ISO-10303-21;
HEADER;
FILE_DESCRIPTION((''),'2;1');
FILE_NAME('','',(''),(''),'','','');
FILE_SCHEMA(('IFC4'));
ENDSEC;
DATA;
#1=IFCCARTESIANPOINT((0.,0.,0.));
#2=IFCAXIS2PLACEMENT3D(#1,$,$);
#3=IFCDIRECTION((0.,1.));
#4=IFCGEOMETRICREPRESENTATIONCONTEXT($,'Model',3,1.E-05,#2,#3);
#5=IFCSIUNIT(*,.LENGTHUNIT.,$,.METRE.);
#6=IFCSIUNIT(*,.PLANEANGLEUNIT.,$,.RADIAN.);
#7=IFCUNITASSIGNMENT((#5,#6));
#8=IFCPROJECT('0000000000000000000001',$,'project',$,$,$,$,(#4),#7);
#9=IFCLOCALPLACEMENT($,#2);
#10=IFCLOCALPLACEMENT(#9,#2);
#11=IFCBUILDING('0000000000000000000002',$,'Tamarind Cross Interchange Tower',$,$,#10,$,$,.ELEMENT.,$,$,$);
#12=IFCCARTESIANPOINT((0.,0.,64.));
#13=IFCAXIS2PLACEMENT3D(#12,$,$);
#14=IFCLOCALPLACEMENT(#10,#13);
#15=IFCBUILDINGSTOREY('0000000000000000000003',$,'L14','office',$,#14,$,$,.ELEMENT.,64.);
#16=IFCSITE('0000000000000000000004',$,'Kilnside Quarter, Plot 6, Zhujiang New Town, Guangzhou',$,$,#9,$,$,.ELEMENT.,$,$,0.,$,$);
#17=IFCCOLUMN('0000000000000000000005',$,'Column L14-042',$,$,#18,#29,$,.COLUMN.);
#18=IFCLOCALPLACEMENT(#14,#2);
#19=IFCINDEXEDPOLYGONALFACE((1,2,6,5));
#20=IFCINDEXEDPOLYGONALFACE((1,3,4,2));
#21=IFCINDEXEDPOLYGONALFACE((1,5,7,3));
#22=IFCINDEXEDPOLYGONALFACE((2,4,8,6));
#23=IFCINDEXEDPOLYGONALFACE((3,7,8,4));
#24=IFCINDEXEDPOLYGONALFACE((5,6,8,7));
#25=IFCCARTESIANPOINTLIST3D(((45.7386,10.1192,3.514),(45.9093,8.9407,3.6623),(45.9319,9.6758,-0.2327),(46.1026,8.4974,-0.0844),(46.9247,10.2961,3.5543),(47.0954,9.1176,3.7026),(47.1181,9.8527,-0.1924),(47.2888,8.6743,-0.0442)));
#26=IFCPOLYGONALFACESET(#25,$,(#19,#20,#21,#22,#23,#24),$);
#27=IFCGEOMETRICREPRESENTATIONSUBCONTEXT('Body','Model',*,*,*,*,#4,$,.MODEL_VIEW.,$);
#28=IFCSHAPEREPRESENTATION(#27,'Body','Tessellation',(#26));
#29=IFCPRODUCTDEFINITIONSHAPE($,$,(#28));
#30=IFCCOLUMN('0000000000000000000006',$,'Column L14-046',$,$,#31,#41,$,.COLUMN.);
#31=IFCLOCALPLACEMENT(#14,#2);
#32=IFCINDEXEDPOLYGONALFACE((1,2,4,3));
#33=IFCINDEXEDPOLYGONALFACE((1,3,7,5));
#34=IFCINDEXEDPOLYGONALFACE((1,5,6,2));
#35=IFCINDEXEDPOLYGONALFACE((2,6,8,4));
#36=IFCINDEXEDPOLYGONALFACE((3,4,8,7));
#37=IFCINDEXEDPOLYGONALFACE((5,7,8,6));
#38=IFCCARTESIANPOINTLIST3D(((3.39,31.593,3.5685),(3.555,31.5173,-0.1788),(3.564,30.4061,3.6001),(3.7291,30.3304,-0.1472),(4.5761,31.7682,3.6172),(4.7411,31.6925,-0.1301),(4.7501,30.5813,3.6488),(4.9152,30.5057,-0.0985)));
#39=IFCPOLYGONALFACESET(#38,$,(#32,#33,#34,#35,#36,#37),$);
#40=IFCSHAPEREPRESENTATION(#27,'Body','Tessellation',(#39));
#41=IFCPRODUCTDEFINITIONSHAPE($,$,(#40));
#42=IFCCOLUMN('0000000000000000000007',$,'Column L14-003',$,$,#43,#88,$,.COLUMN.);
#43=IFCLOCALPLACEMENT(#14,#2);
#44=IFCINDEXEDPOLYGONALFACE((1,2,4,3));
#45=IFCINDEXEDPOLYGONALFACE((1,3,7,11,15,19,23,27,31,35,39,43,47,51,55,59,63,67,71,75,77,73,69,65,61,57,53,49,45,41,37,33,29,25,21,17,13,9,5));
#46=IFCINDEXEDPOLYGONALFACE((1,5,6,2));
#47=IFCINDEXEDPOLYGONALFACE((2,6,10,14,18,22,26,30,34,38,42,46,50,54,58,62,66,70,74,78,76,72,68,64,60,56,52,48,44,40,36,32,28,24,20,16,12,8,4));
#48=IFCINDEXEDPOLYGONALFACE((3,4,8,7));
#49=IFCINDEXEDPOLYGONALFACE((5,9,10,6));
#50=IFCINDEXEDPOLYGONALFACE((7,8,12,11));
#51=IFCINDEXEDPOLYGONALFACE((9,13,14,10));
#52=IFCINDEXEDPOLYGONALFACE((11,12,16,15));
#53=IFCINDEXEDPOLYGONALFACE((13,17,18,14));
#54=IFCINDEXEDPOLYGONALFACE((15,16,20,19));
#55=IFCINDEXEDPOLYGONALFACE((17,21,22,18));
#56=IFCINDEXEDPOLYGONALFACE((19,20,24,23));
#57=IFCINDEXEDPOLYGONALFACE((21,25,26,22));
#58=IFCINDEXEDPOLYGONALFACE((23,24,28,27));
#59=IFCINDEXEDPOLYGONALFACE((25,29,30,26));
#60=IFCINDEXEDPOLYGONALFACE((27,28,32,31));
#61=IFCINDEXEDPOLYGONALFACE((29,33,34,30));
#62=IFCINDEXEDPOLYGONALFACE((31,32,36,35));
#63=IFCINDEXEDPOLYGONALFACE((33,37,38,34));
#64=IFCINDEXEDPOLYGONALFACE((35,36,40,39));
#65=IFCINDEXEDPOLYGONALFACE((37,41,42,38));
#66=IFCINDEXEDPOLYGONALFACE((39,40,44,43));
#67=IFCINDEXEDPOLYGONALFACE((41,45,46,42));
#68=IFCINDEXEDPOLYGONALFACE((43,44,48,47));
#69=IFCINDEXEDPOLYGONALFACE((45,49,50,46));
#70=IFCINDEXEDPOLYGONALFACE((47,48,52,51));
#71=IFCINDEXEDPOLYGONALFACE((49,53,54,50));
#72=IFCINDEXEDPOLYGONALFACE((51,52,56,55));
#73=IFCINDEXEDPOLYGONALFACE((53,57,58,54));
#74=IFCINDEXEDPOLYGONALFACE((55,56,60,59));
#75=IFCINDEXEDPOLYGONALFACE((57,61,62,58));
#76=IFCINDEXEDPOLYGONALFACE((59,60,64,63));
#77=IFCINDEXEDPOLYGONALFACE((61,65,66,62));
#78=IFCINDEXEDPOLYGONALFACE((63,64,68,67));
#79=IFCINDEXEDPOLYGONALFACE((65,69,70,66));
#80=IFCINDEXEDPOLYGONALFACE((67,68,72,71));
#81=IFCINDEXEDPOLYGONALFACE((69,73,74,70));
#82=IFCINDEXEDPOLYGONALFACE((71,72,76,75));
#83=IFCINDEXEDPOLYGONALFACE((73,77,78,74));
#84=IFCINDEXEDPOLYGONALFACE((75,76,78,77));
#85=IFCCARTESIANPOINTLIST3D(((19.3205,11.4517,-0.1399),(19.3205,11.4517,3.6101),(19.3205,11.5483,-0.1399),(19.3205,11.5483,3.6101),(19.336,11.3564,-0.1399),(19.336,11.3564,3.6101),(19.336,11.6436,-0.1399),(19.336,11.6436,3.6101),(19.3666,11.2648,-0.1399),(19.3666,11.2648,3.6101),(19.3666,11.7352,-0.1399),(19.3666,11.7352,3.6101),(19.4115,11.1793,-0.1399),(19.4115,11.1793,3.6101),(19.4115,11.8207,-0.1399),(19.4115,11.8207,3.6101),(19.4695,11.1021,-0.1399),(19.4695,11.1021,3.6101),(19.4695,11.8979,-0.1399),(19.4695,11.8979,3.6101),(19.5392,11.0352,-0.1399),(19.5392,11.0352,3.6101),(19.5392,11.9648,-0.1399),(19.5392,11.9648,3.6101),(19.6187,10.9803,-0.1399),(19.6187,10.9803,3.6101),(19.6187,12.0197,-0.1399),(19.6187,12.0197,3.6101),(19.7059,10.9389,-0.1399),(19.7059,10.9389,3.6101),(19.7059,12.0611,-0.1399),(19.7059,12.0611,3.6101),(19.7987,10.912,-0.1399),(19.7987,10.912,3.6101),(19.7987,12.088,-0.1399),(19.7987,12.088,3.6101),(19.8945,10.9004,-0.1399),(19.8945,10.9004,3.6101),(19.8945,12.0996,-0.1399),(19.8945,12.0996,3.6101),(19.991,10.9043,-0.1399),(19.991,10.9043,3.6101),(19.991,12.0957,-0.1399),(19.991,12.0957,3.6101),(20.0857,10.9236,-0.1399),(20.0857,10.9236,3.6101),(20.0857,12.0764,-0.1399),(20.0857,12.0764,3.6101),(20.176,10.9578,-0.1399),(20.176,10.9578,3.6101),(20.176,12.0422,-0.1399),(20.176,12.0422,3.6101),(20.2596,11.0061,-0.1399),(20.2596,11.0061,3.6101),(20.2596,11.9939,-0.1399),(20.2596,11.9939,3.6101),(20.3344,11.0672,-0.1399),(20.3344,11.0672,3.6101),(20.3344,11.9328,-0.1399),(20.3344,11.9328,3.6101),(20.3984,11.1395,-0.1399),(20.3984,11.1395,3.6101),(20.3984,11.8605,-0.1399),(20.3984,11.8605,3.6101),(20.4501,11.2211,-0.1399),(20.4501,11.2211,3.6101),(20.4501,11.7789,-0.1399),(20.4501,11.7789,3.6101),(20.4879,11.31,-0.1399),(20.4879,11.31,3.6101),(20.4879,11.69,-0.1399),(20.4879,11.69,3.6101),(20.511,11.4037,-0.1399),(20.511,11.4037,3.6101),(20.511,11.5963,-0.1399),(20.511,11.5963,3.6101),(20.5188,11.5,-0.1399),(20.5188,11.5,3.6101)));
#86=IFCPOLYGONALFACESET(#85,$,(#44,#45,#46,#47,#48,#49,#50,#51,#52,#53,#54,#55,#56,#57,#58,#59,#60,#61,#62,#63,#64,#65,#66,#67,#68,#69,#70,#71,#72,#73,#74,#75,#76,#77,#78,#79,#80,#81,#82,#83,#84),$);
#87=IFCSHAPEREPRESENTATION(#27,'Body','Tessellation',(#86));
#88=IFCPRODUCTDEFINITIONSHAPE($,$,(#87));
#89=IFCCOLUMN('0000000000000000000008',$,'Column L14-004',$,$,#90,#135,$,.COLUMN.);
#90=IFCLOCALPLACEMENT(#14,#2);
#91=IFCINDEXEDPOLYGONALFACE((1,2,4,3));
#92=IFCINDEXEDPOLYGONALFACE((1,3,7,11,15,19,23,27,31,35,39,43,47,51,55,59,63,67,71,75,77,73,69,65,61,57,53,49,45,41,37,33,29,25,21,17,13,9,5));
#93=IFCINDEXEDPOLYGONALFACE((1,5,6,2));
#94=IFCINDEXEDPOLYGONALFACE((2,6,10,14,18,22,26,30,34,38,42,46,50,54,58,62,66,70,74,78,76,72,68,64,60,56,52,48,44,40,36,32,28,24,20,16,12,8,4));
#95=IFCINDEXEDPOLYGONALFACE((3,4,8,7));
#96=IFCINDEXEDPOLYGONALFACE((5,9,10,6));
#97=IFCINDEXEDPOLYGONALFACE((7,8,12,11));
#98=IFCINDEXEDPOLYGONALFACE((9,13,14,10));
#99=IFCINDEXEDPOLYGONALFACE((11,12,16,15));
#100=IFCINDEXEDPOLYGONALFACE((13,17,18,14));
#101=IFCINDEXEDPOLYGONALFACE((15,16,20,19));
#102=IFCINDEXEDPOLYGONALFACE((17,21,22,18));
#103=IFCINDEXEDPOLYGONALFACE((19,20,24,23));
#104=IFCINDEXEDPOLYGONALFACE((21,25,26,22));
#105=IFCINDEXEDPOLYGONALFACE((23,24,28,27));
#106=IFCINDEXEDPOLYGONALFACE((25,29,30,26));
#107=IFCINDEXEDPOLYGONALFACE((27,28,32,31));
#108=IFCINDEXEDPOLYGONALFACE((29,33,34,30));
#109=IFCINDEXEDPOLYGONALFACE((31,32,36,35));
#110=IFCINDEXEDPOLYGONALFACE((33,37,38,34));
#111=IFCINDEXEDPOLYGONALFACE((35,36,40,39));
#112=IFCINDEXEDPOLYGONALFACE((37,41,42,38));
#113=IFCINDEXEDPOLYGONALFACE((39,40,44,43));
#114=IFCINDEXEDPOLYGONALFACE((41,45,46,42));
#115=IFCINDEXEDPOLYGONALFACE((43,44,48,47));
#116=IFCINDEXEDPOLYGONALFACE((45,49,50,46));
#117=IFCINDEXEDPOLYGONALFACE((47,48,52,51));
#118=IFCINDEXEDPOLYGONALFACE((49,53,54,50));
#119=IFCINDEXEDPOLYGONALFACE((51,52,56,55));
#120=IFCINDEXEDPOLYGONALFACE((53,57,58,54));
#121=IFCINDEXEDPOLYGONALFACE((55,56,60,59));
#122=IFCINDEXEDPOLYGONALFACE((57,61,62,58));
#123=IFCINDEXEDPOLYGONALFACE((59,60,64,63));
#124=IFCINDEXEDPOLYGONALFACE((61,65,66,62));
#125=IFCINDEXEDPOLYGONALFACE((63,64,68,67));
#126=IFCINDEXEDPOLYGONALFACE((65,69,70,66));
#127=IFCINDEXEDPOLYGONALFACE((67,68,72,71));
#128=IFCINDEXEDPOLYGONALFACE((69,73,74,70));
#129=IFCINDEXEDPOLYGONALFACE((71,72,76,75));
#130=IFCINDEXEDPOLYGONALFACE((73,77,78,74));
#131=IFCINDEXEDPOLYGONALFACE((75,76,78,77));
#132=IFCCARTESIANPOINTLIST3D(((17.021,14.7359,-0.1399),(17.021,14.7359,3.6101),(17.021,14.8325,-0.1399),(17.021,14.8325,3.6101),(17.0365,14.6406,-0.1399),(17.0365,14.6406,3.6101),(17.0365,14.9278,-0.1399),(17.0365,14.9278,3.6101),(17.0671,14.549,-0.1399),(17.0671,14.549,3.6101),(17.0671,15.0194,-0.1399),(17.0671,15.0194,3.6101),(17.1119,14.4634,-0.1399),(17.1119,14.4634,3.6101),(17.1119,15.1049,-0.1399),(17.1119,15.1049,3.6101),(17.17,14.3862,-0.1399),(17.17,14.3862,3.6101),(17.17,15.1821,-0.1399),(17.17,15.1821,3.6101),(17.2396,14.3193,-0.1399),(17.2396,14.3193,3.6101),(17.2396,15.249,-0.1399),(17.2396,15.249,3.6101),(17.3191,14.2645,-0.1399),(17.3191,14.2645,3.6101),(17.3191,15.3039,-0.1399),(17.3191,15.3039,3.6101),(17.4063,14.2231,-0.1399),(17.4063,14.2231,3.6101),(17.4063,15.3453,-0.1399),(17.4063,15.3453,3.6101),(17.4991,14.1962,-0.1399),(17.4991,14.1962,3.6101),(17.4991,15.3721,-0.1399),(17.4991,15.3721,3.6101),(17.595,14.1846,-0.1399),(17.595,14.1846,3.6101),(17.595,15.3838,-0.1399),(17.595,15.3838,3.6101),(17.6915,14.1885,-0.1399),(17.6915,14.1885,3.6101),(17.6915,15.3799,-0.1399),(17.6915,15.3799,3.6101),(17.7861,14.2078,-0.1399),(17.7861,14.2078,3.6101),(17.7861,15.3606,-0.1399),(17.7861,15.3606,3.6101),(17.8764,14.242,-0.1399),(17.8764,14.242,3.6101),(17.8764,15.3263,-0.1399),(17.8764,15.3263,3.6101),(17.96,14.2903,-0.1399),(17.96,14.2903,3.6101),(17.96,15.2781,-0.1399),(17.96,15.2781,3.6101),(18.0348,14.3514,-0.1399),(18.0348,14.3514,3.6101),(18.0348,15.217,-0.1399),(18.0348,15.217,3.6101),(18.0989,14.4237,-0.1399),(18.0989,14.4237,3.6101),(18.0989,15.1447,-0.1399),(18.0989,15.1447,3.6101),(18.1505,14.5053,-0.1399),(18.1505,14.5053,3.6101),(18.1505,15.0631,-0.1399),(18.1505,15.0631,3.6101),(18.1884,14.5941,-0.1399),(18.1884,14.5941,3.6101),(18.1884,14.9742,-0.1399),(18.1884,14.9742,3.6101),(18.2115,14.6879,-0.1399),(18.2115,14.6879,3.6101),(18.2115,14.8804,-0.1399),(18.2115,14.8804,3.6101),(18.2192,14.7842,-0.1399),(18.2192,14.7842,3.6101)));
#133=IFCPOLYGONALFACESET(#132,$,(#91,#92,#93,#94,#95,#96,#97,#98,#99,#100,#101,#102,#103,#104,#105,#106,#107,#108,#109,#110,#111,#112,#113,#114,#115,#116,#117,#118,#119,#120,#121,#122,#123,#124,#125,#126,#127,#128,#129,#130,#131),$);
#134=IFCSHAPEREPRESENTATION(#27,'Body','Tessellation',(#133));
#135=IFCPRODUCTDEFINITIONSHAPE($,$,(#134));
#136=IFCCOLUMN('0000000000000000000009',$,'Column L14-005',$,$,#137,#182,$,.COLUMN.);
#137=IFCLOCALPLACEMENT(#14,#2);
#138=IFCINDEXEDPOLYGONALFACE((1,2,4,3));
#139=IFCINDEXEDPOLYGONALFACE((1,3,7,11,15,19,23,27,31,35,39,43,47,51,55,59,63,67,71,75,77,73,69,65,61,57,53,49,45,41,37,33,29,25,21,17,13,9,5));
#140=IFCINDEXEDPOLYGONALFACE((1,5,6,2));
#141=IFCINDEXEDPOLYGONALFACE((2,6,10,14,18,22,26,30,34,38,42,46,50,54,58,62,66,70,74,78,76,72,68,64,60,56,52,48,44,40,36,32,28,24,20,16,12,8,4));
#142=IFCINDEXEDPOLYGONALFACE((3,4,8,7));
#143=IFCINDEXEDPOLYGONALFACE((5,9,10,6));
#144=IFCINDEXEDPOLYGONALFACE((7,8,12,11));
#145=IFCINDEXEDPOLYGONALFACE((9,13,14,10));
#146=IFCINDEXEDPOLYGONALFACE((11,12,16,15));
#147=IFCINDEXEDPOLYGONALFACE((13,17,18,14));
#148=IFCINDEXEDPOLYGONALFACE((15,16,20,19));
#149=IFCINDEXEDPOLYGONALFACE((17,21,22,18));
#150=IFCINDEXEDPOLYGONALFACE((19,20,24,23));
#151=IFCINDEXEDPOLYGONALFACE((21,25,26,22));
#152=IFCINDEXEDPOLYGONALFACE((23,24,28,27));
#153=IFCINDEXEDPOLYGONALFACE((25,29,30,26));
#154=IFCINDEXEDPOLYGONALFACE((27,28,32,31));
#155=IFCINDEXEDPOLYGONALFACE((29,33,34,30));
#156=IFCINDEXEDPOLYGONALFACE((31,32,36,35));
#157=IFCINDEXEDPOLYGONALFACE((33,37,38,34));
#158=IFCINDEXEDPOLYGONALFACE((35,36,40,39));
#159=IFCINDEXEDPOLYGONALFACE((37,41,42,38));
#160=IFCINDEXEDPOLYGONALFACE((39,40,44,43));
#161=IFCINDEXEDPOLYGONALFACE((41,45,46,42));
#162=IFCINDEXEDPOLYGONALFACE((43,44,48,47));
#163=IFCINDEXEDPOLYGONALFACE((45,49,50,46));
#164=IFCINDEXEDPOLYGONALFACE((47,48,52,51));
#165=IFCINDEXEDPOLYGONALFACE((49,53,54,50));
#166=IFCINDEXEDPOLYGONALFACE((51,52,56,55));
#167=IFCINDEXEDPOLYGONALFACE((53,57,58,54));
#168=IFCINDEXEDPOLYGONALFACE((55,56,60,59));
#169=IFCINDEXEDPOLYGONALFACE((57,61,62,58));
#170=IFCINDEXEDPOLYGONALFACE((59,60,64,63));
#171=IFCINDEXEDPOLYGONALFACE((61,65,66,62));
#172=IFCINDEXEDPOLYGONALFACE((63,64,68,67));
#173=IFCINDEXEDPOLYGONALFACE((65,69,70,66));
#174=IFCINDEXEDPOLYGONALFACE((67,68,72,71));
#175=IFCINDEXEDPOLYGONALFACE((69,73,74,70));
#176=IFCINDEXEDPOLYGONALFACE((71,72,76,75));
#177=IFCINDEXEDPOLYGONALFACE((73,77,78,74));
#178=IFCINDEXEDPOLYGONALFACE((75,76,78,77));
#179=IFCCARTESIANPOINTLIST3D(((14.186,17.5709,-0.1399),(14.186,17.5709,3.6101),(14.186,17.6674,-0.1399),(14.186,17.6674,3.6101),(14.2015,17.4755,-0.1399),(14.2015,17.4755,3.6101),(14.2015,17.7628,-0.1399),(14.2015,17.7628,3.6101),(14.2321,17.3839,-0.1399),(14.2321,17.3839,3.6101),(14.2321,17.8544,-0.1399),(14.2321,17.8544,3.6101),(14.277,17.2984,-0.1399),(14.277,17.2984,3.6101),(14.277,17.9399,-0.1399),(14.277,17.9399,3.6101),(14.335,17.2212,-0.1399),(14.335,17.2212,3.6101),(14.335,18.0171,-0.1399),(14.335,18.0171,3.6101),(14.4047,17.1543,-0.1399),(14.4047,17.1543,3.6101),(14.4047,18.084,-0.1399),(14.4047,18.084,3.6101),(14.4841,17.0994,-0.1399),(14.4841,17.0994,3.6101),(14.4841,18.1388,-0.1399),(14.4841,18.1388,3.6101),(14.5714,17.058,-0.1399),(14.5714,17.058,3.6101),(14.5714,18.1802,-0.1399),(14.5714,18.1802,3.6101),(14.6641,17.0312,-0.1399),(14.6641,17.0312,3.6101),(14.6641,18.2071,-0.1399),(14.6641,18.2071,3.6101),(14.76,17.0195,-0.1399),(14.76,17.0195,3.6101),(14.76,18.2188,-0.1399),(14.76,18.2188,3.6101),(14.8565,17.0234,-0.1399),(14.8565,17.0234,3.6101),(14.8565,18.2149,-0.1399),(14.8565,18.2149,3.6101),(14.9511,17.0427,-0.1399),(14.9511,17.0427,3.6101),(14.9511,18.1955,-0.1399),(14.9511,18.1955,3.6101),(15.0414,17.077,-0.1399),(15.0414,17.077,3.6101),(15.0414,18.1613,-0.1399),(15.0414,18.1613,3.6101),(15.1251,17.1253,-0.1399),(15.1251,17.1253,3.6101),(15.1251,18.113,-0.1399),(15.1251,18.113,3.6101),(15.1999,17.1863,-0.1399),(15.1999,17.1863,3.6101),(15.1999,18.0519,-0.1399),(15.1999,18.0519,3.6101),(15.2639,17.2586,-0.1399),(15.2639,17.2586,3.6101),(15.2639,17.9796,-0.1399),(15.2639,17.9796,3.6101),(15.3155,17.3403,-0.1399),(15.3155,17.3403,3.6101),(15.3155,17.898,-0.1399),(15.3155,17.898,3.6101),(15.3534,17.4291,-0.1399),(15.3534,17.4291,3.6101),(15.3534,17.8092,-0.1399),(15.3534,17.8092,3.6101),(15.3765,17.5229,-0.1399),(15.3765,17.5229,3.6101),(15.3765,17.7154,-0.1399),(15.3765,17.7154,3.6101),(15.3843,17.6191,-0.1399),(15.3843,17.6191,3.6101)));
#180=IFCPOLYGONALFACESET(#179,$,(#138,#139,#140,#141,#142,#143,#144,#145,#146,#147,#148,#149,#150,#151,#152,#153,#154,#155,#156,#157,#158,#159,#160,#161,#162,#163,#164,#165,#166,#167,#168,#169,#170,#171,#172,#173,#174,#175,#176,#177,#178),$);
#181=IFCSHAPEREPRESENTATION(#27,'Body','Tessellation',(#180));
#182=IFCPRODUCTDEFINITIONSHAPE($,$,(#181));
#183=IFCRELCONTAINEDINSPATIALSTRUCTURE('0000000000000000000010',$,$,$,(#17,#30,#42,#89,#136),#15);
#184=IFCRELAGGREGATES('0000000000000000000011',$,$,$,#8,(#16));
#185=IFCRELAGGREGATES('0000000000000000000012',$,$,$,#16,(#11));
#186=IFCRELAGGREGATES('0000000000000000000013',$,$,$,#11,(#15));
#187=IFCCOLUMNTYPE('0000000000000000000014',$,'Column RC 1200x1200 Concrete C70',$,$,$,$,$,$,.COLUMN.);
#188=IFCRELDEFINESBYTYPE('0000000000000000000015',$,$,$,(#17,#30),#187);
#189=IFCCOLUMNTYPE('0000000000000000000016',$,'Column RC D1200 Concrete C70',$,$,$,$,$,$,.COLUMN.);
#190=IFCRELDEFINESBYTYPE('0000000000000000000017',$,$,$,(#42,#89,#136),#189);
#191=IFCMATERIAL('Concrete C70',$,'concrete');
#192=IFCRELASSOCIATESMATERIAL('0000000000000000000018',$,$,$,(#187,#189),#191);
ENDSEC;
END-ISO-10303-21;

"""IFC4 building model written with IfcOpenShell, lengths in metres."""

from ifc_helpers import new_model, si_unit, direction, frame, origin, origin_2d, place, context, subcontext, project, spatial, rectangle, circle, extrude, material, material_profile, profile_set, type_object, element, save


model = new_model("IFC4")

# Units and contexts
model_context = context("Model", 3, precision=1e-05, world=origin(), true_north=direction((0.0, 1.0)))
body_context = subcontext(model_context, "Body", "Model", "MODEL_VIEW")
ifc_project = project(units=[si_unit("LENGTHUNIT", "METRE"), si_unit("PLANEANGLEUNIT", "RADIAN")], contexts=[model_context])

# Site, building, storey
site_placement = place(None, origin())
site = spatial("IfcSite", under=ifc_project, at=site_placement, Name="Kilnside Quarter, Plot 6, Zhujiang New Town, Guangzhou", CompositionType="ELEMENT", RefElevation=0.0)
building_placement = place(site_placement, origin())
building = spatial("IfcBuilding", under=site, at=building_placement, Name="Tamarind Cross Interchange Tower", CompositionType="ELEMENT")
storey_placement = place(building_placement, frame((0.0, 0.0, 64.0)))
storey = spatial("IfcBuildingStorey", under=building, at=storey_placement, Name="L14", Description="office", CompositionType="ELEMENT", Elevation=64.0)

# Columns
ifc_material_1 = material(Name="Concrete C70", Category="concrete")
ifc_material_profile_1 = material_profile(ifc_material_1, rectangle(XDim=1.2, YDim=1.2, at=origin_2d()), Name="RC 1200x1200")
ifc_profile_set_1 = profile_set([ifc_material_profile_1], Name="Concrete C70")
column_type_1 = type_object("IfcColumnType", Name="Column RC 1200x1200 Concrete C70", PredefinedType="COLUMN", material=ifc_profile_set_1)
column_1_placement = place(storey_placement, frame((46.6104, 9.175, -0.1384), z_axis=(-0.051181, 0.117355, 0.99177), x_axis=(0.14227, -0.982087, 0.123552)))
element("IfcColumn", 1, at=column_1_placement, inside=storey, type_object=column_type_1, Name="Column L14-042", PredefinedType="COLUMN", context=body_context, shape_type="SweptSolid", body=[
    extrude(rectangle(XDim=1.2, YDim=1.2, at=origin_2d()), origin(), (0.0, 0.0, 1.0), 3.7778),
])
column_2_placement = place(storey_placement, frame((4.2351, 31.0115, -0.1387), z_axis=(-0.04399, 0.020173, 0.998828), x_axis=(0.145034, -0.989075, 0.026364)))
element("IfcColumn", 2, at=column_2_placement, inside=storey, type_object=column_type_1, Name="Column L14-046", PredefinedType="COLUMN", context=body_context, shape_type="SweptSolid", body=[
    extrude(rectangle(XDim=1.2, YDim=1.2, at=origin_2d()), origin(), (0.0, 0.0, 1.0), 3.7517),
])
ifc_material_profile_2 = material_profile(ifc_material_1, circle(Radius=0.6001, at=origin_2d()), Name="RC D1200")
ifc_profile_set_2 = profile_set([ifc_material_profile_2], Name="Concrete C70")
column_type_2 = type_object("IfcColumnType", Name="Column RC D1200 Concrete C70", PredefinedType="COLUMN", material=ifc_profile_set_2)
for number, where, z_axis, x_axis, name in (
    (3, (19.9187, 11.5, -0.1399), (0.0, 0.0, 1.0), (1.0, 0.0, 0.0), "Column L14-003"),
    (4, (17.6191, 14.7842, -0.1399), (0.0, 0.0, 1.0), (1.0, 0.0, 0.0), "Column L14-004"),
    (5, (14.7842, 17.6191, -0.1399), (0.0, 0.0, 1.0), (1.0, 0.0, 0.0), "Column L14-005"),
):
    element("IfcColumn", number, at=place(storey_placement, frame(where, z_axis=z_axis, x_axis=x_axis)), inside=storey, type_object=column_type_2, Name=name, PredefinedType="COLUMN", context=body_context, shape_type="SweptSolid", body=[
        extrude(circle(Radius=0.6001, at=origin_2d()), origin(), (0.0, 0.0, 1.0), 3.75),
    ])

save(model, "model.ifc")
